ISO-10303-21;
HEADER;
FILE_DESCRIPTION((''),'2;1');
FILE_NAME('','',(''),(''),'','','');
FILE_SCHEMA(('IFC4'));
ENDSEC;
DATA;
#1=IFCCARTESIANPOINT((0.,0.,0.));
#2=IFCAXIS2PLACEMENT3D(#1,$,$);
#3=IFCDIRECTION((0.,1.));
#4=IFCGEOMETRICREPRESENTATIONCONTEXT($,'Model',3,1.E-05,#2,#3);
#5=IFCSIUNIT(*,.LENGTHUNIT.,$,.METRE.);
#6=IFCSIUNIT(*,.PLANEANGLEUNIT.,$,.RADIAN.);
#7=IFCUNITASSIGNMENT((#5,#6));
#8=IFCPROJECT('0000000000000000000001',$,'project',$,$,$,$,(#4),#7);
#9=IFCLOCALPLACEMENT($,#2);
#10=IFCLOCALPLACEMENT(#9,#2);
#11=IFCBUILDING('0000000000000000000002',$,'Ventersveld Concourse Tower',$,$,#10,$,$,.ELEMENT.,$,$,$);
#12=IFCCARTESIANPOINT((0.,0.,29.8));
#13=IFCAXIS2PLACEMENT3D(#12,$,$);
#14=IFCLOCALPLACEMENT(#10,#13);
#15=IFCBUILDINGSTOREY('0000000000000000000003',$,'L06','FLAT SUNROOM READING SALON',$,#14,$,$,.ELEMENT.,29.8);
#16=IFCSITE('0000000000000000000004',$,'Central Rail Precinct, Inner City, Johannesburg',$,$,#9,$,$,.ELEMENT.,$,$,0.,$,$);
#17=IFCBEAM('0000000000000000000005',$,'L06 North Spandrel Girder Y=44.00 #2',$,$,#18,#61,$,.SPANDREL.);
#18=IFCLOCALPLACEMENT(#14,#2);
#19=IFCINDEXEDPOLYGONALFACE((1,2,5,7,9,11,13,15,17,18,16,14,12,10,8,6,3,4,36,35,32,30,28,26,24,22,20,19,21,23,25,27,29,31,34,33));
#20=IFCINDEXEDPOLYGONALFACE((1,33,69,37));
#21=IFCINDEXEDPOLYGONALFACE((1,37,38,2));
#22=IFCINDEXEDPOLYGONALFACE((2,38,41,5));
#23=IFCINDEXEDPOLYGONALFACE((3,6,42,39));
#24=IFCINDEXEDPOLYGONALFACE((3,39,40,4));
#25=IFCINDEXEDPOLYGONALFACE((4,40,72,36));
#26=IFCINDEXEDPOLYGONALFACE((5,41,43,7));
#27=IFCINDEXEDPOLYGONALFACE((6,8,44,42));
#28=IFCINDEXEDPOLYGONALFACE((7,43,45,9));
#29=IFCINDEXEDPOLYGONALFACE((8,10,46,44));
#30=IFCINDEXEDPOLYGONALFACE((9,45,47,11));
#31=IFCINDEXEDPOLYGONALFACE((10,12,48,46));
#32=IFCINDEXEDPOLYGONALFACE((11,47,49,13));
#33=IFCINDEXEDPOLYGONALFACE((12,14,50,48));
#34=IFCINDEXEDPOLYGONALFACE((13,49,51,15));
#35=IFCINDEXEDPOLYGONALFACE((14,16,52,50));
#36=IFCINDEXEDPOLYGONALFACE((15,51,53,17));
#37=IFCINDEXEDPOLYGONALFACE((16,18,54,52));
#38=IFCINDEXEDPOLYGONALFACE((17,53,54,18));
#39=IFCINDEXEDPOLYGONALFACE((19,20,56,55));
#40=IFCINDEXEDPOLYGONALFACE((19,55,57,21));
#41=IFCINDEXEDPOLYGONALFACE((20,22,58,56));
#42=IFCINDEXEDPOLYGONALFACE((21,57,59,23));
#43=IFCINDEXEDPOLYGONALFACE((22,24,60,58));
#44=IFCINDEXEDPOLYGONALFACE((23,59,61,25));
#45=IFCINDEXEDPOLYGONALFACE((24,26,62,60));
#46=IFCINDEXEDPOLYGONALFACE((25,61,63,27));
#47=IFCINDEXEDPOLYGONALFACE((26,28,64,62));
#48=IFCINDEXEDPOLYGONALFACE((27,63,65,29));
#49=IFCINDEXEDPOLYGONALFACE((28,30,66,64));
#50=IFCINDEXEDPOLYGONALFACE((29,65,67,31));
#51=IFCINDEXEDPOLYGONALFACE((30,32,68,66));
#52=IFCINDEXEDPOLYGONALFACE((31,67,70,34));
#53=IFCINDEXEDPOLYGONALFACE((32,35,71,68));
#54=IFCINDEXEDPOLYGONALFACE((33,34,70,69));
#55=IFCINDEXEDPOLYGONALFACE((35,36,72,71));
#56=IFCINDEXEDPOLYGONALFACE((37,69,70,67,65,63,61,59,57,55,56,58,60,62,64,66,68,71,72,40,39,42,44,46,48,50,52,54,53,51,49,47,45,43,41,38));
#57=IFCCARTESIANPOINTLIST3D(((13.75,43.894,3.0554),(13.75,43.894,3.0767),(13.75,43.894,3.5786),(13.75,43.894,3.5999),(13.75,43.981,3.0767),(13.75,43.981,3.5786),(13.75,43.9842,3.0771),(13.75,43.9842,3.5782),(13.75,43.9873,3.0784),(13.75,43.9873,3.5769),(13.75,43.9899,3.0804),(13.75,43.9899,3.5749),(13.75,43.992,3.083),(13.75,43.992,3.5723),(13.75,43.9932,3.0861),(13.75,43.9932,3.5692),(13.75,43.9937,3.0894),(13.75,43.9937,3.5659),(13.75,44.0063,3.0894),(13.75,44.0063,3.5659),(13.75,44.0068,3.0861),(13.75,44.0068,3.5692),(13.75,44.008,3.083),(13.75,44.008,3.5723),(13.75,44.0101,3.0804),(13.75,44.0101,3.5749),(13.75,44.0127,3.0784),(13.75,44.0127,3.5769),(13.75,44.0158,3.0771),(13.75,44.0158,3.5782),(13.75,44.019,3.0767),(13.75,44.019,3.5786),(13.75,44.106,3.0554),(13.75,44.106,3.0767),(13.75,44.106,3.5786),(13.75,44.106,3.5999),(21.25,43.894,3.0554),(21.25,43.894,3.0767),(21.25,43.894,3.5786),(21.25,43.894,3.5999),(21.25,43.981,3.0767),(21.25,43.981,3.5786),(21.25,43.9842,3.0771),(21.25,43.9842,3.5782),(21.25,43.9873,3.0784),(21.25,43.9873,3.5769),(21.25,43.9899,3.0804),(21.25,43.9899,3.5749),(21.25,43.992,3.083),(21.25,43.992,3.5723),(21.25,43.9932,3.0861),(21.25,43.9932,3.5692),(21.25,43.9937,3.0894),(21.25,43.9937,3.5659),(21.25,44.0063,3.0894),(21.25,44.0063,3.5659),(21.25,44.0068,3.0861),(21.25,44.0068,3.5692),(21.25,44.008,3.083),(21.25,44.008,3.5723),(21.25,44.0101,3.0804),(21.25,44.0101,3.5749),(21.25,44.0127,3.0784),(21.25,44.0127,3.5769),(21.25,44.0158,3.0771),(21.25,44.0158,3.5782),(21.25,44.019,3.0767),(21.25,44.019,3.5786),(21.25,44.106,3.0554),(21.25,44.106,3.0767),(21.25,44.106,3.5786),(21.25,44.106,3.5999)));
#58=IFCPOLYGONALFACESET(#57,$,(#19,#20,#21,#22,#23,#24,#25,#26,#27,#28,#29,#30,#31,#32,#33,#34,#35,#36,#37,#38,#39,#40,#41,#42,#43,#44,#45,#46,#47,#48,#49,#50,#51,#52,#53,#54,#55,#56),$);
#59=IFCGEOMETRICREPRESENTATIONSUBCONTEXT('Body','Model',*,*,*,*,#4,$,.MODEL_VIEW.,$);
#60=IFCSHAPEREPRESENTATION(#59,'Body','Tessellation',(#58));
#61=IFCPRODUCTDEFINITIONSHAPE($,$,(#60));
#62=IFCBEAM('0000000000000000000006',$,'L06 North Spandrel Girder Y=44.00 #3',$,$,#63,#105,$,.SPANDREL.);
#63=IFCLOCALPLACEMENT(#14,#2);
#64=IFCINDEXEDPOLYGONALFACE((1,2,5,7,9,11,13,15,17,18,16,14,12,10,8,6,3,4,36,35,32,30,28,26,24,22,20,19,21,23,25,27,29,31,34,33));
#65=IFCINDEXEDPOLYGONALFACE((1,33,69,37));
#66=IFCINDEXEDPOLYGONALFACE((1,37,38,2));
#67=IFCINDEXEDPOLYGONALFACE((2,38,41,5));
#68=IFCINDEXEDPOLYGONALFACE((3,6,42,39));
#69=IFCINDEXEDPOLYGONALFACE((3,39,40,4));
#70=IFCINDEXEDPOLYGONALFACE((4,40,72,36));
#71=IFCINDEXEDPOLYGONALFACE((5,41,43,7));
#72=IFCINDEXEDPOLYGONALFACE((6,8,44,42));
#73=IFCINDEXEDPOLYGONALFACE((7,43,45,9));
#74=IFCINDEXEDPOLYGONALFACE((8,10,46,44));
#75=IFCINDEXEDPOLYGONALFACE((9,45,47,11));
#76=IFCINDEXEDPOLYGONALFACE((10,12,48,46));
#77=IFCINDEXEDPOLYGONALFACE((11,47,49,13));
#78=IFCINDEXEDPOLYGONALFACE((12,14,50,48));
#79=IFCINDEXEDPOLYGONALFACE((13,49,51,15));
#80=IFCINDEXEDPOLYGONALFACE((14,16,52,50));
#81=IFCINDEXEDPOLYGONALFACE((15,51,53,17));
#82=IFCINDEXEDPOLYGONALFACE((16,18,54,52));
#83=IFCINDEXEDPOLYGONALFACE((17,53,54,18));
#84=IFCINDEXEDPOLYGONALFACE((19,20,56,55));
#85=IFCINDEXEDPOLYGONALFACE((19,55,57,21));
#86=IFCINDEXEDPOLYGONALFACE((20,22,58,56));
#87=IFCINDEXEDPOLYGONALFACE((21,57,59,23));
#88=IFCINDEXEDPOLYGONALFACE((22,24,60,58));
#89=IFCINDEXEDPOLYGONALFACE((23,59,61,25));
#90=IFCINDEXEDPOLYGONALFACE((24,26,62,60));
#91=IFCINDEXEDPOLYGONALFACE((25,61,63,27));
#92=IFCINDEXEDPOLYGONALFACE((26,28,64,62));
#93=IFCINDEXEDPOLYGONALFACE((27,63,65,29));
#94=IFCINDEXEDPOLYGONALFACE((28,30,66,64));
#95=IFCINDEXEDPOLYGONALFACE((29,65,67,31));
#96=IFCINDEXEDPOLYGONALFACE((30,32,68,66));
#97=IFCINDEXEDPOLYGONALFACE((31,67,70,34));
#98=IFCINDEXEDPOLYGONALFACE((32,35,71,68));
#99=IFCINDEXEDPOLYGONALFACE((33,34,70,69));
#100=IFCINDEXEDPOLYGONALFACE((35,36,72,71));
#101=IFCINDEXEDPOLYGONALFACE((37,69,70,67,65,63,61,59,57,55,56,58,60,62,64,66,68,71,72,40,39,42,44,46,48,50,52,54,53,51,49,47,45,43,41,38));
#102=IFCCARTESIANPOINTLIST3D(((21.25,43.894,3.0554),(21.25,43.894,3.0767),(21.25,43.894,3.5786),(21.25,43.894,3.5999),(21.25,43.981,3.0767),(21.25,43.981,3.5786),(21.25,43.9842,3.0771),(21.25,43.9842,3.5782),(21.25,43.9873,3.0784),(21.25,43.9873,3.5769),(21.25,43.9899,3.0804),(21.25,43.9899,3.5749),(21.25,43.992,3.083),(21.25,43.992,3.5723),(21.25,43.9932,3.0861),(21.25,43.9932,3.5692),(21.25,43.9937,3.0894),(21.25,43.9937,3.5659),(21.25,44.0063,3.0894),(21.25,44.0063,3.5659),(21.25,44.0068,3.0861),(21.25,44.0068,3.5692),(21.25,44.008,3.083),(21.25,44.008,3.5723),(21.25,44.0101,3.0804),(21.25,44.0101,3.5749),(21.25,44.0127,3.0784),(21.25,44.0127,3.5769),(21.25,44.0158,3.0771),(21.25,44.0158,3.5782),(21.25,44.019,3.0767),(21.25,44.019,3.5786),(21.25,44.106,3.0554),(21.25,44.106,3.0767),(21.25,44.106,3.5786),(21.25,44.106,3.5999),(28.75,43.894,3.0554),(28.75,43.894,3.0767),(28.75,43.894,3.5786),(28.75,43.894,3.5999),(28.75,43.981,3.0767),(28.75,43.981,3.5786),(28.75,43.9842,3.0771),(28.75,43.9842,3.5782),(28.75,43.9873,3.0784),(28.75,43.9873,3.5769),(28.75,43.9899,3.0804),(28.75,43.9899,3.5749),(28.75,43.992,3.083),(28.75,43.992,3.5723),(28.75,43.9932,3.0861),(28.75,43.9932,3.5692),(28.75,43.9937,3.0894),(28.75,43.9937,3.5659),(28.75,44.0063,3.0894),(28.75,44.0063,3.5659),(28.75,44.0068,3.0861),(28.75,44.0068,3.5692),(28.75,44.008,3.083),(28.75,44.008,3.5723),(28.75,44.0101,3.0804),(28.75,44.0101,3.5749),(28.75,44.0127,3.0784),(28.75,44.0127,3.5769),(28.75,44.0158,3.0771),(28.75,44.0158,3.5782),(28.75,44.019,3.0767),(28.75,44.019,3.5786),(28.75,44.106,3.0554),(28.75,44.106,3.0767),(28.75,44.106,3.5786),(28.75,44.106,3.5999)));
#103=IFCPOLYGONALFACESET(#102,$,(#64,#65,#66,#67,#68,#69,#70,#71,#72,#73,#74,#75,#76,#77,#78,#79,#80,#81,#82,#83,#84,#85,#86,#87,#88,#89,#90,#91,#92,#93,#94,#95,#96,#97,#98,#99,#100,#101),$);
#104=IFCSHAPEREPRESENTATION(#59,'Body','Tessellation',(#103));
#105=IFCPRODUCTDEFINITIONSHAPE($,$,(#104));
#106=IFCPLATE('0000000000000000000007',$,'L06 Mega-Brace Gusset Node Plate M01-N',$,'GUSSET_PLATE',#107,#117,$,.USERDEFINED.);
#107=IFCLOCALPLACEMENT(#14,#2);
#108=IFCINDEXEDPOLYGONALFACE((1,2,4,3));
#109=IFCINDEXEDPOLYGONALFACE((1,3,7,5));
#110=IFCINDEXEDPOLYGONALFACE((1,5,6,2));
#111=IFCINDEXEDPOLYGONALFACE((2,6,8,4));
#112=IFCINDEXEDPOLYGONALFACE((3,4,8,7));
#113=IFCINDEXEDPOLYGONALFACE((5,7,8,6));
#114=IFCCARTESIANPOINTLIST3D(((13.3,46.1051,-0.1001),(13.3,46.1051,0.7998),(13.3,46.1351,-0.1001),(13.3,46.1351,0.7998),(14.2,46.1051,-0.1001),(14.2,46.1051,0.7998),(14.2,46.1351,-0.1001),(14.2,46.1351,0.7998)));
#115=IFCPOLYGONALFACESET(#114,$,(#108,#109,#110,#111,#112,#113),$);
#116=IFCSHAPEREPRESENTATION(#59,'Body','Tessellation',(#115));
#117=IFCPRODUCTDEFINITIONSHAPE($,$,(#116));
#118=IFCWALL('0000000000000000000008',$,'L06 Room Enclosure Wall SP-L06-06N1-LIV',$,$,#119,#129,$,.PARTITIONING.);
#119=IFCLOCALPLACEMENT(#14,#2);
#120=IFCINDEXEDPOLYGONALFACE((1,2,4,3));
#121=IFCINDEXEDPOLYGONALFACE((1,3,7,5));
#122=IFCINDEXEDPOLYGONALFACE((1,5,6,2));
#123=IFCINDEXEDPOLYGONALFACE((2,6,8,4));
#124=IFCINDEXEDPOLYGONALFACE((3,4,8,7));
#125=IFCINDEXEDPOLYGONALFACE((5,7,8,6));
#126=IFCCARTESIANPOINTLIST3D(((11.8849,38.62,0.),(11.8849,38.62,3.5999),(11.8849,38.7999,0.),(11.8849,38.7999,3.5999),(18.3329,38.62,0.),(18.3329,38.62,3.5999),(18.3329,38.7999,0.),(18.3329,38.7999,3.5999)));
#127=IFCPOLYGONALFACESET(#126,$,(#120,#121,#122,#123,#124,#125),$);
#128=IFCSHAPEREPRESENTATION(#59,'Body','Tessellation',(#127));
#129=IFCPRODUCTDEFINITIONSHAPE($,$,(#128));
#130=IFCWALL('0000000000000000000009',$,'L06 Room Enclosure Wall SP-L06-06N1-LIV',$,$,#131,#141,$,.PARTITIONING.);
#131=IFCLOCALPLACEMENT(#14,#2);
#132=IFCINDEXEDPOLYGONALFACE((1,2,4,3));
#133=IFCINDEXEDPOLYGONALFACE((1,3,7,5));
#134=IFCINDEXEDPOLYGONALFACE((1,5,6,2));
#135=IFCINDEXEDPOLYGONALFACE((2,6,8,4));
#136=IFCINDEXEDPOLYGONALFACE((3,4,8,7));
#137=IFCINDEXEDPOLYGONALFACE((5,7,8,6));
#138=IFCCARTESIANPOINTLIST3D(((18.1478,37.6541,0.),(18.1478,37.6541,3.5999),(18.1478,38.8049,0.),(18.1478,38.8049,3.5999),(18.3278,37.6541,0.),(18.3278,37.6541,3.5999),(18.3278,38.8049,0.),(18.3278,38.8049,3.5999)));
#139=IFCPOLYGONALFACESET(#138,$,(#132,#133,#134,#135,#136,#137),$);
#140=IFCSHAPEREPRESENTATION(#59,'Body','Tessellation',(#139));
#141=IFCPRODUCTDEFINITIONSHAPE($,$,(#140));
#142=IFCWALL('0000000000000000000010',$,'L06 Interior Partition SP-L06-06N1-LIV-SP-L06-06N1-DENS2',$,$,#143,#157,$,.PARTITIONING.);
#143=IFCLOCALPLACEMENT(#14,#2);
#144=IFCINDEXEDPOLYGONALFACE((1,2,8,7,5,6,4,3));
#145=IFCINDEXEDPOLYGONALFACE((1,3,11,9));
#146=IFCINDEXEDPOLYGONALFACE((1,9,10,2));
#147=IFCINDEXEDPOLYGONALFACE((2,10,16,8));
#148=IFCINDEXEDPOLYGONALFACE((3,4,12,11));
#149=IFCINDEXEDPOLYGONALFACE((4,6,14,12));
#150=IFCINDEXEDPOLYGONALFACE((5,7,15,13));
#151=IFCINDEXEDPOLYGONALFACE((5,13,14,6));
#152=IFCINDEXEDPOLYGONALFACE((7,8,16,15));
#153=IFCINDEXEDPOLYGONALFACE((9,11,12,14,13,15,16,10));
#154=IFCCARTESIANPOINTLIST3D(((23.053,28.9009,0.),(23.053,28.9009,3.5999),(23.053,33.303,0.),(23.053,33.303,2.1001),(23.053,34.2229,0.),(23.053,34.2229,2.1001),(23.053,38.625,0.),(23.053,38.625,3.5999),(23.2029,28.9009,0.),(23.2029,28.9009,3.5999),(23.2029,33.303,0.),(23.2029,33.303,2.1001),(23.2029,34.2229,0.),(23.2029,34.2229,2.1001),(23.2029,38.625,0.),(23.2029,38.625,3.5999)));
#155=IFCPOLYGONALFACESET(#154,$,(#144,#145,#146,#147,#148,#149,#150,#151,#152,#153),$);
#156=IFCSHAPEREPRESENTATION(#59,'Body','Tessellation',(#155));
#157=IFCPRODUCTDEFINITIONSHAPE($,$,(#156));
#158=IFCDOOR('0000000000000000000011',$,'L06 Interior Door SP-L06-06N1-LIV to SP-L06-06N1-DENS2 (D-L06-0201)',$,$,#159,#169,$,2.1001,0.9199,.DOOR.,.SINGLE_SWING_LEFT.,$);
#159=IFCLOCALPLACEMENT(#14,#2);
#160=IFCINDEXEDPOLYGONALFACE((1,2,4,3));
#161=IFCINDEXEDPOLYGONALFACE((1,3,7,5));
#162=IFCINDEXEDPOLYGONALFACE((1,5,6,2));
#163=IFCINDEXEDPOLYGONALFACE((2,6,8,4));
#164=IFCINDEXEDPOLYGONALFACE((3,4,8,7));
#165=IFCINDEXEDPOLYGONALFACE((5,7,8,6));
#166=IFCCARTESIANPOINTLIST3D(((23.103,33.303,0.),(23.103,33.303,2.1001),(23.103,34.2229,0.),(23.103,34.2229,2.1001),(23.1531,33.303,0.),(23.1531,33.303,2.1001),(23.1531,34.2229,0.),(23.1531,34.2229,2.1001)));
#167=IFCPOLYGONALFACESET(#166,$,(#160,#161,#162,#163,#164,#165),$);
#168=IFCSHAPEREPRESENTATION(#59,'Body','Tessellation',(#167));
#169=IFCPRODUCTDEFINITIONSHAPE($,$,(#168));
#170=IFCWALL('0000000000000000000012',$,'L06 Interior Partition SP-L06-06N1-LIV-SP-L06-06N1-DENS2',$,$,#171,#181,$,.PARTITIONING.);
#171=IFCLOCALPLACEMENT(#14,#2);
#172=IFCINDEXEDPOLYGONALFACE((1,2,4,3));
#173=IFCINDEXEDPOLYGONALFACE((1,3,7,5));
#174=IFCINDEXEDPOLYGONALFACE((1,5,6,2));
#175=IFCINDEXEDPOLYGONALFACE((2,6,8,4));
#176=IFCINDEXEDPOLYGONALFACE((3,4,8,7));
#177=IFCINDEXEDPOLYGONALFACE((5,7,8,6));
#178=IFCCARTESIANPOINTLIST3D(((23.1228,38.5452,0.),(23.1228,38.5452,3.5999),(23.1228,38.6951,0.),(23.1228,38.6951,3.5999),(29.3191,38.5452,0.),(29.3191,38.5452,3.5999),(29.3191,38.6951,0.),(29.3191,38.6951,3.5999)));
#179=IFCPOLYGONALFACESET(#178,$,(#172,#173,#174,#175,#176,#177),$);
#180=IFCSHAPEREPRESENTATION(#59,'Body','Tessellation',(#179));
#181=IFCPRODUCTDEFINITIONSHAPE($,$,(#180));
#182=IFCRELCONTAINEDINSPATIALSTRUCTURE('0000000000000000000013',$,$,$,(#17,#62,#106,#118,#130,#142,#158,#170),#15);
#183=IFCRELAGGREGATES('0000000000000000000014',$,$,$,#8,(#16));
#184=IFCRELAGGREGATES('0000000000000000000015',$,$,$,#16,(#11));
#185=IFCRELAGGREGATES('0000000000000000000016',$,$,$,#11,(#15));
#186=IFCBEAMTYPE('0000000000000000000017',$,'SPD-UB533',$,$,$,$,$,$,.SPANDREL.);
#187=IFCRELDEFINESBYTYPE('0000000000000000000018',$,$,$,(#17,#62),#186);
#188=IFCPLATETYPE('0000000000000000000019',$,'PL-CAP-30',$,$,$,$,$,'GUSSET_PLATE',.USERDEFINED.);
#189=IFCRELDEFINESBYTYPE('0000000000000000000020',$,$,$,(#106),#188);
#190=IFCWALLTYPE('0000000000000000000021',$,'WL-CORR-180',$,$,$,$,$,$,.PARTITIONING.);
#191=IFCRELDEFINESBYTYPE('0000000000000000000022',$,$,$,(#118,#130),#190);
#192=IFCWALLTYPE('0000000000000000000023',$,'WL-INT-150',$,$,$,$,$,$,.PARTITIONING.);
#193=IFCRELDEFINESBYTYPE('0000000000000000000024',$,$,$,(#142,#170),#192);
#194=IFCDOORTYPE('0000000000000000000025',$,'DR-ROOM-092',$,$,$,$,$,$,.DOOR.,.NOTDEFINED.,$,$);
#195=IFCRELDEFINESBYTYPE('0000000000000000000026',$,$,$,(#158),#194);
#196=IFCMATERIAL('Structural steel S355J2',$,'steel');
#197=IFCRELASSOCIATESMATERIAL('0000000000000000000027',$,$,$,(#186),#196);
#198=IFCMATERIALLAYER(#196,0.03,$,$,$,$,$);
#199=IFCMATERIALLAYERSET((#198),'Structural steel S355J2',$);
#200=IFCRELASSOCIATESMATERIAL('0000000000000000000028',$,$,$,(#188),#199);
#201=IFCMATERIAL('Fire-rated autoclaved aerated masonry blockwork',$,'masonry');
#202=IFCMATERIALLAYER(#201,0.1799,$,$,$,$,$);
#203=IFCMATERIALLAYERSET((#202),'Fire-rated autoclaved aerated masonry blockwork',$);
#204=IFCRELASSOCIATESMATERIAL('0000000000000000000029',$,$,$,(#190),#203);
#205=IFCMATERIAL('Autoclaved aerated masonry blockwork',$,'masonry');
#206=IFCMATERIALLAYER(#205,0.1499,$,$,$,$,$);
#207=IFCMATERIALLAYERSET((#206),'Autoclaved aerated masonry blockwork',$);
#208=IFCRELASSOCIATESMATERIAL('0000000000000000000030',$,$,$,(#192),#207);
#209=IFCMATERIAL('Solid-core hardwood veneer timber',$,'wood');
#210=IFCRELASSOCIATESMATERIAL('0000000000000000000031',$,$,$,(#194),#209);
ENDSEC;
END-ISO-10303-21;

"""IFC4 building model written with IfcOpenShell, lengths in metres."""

from ifc_helpers import new_model, si_unit, direction, frame, frame_2d, origin, origin_2d, place, context, subcontext, project, spatial, rectangle, i_section, extrude, material, layer, layer_set, material_profile, profile_set, type_object, element, fill, save


model = new_model("IFC4")

# Units and contexts
model_context = context("Model", 3, precision=1e-05, world=origin(), true_north=direction((0.0, 1.0)))
body_context = subcontext(model_context, "Body", "Model", "MODEL_VIEW")
ifc_project = project(units=[si_unit("LENGTHUNIT", "METRE"), si_unit("PLANEANGLEUNIT", "RADIAN")], contexts=[model_context])

# Site, building, storey
site_placement = place(None, origin())
site = spatial("IfcSite", under=ifc_project, at=site_placement, Name="Central Rail Precinct, Inner City, Johannesburg", CompositionType="ELEMENT", RefElevation=0.0)
building_placement = place(site_placement, origin())
building = spatial("IfcBuilding", under=site, at=building_placement, Name="Ventersveld Concourse Tower", CompositionType="ELEMENT")
storey_placement = place(building_placement, frame((0.0, 0.0, 29.8)))
storey = spatial("IfcBuildingStorey", under=building, at=storey_placement, Name="L06", Description="FLAT SUNROOM READING SALON", CompositionType="ELEMENT", Elevation=29.8)

# Shared definitions
ifc_material_1 = material(Name="Structural steel S355J2", Category="steel")

# Beams
ifc_material_profile_1 = material_profile(ifc_material_1, i_section(OverallWidth=0.2119, OverallDepth=0.5444, WebThickness=0.0127, FlangeThickness=0.0212, FilletRadius=0.0127, at=origin_2d()), Name="UB 533x210x122")
ifc_profile_set_1 = profile_set([ifc_material_profile_1], Name="Structural steel S355J2")
beam_type_1 = type_object("IfcBeamType", Name="SPD-UB533", PredefinedType="SPANDREL", material=ifc_profile_set_1)
for number, where, z_axis, x_axis, name in (
    (1, (13.75, 44.0, 3.3276), (1.0, 0.0, 0.0), (0.0, 1.0, 0.0), "L06 North Spandrel Girder Y=44.00 #2"),
    (2, (21.25, 44.0, 3.3276), (1.0, 0.0, 0.0), (0.0, 1.0, 0.0), "L06 North Spandrel Girder Y=44.00 #3"),
):
    element("IfcBeam", number, at=place(storey_placement, frame(where, z_axis=z_axis, x_axis=x_axis)), inside=storey, type_object=beam_type_1, Name=name, PredefinedType="SPANDREL", context=body_context, shape_type="SweptSolid", body=[
        extrude(i_section(OverallWidth=0.2119, OverallDepth=0.5444, WebThickness=0.0127, FlangeThickness=0.0212, FilletRadius=0.0127, at=origin_2d()), origin(), (0.0, 0.0, 1.0), 7.5),
    ])

# Plate
ifc_layer_1 = layer(ifc_material_1, 0.03)
ifc_layer_set_1 = layer_set([ifc_layer_1], Name="Structural steel S355J2")
plate_type = type_object("IfcPlateType", Name="PL-CAP-30", ElementType="GUSSET_PLATE", PredefinedType="USERDEFINED", material=ifc_layer_set_1)
plate_placement = place(storey_placement, frame((13.75, 46.1201, -0.1001), z_axis=(0.0, 0.0, 1.0), x_axis=(1.0, 0.0, 0.0)))
element("IfcPlate", 3, at=plate_placement, inside=storey, type_object=plate_type, Name="L06 Mega-Brace Gusset Node Plate M01-N", ObjectType="GUSSET_PLATE", PredefinedType="USERDEFINED", context=body_context, shape_type="SweptSolid", body=[
    extrude(rectangle(XDim=0.8999, YDim=0.03, at=origin_2d()), origin(), (0.0, 0.0, 1.0), 0.8999),
])

# Walls
ifc_material_2 = material(Name="Fire-rated autoclaved aerated masonry blockwork", Category="masonry")
ifc_layer_2 = layer(ifc_material_2, 0.1799)
ifc_layer_set_2 = layer_set([ifc_layer_2], Name="Fire-rated autoclaved aerated masonry blockwork")
wall_type_1 = type_object("IfcWallType", Name="WL-CORR-180", PredefinedType="PARTITIONING", material=ifc_layer_set_2)
wall_1_placement = place(storey_placement, frame((18.333, 38.71, 0.0), z_axis=(0.0, 0.0, 1.0), x_axis=(-1.0, 0.0, 0.0)))
element("IfcWall", 4, at=wall_1_placement, inside=storey, type_object=wall_type_1, Name="L06 Room Enclosure Wall SP-L06-06N1-LIV", PredefinedType="PARTITIONING", context=body_context, shape_type="SweptSolid", body=[
    extrude(rectangle(XDim=6.448, YDim=0.1799, at=frame_2d((3.2241, 0.0))), origin(), (0.0, 0.0, 1.0), 3.5999),
])
wall_2_placement = place(storey_placement, frame((18.2378, 37.6541, 0.0), z_axis=(0.0, 0.0, 1.0), x_axis=(0.0, 1.0, 0.0)))
element("IfcWall", 5, at=wall_2_placement, inside=storey, type_object=wall_type_1, Name="L06 Room Enclosure Wall SP-L06-06N1-LIV", PredefinedType="PARTITIONING", context=body_context, shape_type="SweptSolid", body=[
    extrude(rectangle(XDim=1.1509, YDim=0.1799, at=frame_2d((0.5754, 0.0))), origin(), (0.0, 0.0, 1.0), 3.5999),
])

# Wall, opening, door
ifc_material_3 = material(Name="Autoclaved aerated masonry blockwork", Category="masonry")
ifc_layer_3 = layer(ifc_material_3, 0.1499)
ifc_layer_set_3 = layer_set([ifc_layer_3], Name="Autoclaved aerated masonry blockwork")
wall_type_2 = type_object("IfcWallType", Name="WL-INT-150", PredefinedType="PARTITIONING", material=ifc_layer_set_3)
wall_3_placement = place(storey_placement, frame((23.1279, 28.9009, 0.0), z_axis=(0.0, 0.0, 1.0), x_axis=(0.0, 1.0, 0.0)))
wall_3 = element("IfcWall", 6, at=wall_3_placement, inside=storey, type_object=wall_type_2, Name="L06 Interior Partition SP-L06-06N1-LIV-SP-L06-06N1-DENS2", PredefinedType="PARTITIONING", context=body_context, shape_type="SweptSolid", body=[
    extrude(rectangle(XDim=9.7241, YDim=0.1499, at=frame_2d((4.8621, 0.0))), origin(), (0.0, 0.0, 1.0), 3.5999),
])
opening_1_placement = place(wall_3_placement, frame((4.4021, 0.0, 0.0)))
opening_1 = element("IfcOpeningElement", 7, at=opening_1_placement, cuts=wall_3, PredefinedType="OPENING", context=body_context, shape_type="SweptSolid", body=[
    extrude(rectangle(XDim=0.9199, YDim=2.1001, at=frame_2d((0.46, 1.05))), frame((0.0, 0.085, 0.0), z_axis=(0.0, -1.0, 0.0), x_axis=(1.0, 0.0, 0.0)), (0.0, 0.0, 1.0), 0.1699),
])
ifc_material_4 = material(Name="Solid-core hardwood veneer timber", Category="wood")
door_type = type_object("IfcDoorType", Name="DR-ROOM-092", OperationType="NOTDEFINED", PredefinedType="DOOR", material=ifc_material_4)
door_1_placement = place(opening_1_placement, origin())
door_1 = element("IfcDoor", 8, at=door_1_placement, inside=storey, type_object=door_type, Name="L06 Interior Door SP-L06-06N1-LIV to SP-L06-06N1-DENS2 (D-L06-0201)", OperationType="SINGLE_SWING_LEFT", OverallHeight=2.1001, OverallWidth=0.9199, PredefinedType="DOOR", context=body_context, shape_type="SweptSolid", body=[
    extrude(rectangle(XDim=0.9199, YDim=2.1001, at=frame_2d((0.46, 1.05))), frame((0.0, 0.0249, 0.0), z_axis=(0.0, -1.0, 0.0), x_axis=(1.0, 0.0, 0.0)), (0.0, 0.0, 1.0), 0.05),
])
fill(opening_1, door_1)

# Wall
wall_4_placement = place(storey_placement, frame((23.1228, 38.6201, 0.0), z_axis=(0.0, 0.0, 1.0), x_axis=(1.0, 0.0, 0.0)))
element("IfcWall", 9, at=wall_4_placement, inside=storey, type_object=wall_type_2, Name="L06 Interior Partition SP-L06-06N1-LIV-SP-L06-06N1-DENS2", PredefinedType="PARTITIONING", context=body_context, shape_type="SweptSolid", body=[
    extrude(rectangle(XDim=6.1963, YDim=0.1499, at=frame_2d((3.0981, 0.0))), origin(), (0.0, 0.0, 1.0), 3.5999),
])

save(model, "model.ifc")
